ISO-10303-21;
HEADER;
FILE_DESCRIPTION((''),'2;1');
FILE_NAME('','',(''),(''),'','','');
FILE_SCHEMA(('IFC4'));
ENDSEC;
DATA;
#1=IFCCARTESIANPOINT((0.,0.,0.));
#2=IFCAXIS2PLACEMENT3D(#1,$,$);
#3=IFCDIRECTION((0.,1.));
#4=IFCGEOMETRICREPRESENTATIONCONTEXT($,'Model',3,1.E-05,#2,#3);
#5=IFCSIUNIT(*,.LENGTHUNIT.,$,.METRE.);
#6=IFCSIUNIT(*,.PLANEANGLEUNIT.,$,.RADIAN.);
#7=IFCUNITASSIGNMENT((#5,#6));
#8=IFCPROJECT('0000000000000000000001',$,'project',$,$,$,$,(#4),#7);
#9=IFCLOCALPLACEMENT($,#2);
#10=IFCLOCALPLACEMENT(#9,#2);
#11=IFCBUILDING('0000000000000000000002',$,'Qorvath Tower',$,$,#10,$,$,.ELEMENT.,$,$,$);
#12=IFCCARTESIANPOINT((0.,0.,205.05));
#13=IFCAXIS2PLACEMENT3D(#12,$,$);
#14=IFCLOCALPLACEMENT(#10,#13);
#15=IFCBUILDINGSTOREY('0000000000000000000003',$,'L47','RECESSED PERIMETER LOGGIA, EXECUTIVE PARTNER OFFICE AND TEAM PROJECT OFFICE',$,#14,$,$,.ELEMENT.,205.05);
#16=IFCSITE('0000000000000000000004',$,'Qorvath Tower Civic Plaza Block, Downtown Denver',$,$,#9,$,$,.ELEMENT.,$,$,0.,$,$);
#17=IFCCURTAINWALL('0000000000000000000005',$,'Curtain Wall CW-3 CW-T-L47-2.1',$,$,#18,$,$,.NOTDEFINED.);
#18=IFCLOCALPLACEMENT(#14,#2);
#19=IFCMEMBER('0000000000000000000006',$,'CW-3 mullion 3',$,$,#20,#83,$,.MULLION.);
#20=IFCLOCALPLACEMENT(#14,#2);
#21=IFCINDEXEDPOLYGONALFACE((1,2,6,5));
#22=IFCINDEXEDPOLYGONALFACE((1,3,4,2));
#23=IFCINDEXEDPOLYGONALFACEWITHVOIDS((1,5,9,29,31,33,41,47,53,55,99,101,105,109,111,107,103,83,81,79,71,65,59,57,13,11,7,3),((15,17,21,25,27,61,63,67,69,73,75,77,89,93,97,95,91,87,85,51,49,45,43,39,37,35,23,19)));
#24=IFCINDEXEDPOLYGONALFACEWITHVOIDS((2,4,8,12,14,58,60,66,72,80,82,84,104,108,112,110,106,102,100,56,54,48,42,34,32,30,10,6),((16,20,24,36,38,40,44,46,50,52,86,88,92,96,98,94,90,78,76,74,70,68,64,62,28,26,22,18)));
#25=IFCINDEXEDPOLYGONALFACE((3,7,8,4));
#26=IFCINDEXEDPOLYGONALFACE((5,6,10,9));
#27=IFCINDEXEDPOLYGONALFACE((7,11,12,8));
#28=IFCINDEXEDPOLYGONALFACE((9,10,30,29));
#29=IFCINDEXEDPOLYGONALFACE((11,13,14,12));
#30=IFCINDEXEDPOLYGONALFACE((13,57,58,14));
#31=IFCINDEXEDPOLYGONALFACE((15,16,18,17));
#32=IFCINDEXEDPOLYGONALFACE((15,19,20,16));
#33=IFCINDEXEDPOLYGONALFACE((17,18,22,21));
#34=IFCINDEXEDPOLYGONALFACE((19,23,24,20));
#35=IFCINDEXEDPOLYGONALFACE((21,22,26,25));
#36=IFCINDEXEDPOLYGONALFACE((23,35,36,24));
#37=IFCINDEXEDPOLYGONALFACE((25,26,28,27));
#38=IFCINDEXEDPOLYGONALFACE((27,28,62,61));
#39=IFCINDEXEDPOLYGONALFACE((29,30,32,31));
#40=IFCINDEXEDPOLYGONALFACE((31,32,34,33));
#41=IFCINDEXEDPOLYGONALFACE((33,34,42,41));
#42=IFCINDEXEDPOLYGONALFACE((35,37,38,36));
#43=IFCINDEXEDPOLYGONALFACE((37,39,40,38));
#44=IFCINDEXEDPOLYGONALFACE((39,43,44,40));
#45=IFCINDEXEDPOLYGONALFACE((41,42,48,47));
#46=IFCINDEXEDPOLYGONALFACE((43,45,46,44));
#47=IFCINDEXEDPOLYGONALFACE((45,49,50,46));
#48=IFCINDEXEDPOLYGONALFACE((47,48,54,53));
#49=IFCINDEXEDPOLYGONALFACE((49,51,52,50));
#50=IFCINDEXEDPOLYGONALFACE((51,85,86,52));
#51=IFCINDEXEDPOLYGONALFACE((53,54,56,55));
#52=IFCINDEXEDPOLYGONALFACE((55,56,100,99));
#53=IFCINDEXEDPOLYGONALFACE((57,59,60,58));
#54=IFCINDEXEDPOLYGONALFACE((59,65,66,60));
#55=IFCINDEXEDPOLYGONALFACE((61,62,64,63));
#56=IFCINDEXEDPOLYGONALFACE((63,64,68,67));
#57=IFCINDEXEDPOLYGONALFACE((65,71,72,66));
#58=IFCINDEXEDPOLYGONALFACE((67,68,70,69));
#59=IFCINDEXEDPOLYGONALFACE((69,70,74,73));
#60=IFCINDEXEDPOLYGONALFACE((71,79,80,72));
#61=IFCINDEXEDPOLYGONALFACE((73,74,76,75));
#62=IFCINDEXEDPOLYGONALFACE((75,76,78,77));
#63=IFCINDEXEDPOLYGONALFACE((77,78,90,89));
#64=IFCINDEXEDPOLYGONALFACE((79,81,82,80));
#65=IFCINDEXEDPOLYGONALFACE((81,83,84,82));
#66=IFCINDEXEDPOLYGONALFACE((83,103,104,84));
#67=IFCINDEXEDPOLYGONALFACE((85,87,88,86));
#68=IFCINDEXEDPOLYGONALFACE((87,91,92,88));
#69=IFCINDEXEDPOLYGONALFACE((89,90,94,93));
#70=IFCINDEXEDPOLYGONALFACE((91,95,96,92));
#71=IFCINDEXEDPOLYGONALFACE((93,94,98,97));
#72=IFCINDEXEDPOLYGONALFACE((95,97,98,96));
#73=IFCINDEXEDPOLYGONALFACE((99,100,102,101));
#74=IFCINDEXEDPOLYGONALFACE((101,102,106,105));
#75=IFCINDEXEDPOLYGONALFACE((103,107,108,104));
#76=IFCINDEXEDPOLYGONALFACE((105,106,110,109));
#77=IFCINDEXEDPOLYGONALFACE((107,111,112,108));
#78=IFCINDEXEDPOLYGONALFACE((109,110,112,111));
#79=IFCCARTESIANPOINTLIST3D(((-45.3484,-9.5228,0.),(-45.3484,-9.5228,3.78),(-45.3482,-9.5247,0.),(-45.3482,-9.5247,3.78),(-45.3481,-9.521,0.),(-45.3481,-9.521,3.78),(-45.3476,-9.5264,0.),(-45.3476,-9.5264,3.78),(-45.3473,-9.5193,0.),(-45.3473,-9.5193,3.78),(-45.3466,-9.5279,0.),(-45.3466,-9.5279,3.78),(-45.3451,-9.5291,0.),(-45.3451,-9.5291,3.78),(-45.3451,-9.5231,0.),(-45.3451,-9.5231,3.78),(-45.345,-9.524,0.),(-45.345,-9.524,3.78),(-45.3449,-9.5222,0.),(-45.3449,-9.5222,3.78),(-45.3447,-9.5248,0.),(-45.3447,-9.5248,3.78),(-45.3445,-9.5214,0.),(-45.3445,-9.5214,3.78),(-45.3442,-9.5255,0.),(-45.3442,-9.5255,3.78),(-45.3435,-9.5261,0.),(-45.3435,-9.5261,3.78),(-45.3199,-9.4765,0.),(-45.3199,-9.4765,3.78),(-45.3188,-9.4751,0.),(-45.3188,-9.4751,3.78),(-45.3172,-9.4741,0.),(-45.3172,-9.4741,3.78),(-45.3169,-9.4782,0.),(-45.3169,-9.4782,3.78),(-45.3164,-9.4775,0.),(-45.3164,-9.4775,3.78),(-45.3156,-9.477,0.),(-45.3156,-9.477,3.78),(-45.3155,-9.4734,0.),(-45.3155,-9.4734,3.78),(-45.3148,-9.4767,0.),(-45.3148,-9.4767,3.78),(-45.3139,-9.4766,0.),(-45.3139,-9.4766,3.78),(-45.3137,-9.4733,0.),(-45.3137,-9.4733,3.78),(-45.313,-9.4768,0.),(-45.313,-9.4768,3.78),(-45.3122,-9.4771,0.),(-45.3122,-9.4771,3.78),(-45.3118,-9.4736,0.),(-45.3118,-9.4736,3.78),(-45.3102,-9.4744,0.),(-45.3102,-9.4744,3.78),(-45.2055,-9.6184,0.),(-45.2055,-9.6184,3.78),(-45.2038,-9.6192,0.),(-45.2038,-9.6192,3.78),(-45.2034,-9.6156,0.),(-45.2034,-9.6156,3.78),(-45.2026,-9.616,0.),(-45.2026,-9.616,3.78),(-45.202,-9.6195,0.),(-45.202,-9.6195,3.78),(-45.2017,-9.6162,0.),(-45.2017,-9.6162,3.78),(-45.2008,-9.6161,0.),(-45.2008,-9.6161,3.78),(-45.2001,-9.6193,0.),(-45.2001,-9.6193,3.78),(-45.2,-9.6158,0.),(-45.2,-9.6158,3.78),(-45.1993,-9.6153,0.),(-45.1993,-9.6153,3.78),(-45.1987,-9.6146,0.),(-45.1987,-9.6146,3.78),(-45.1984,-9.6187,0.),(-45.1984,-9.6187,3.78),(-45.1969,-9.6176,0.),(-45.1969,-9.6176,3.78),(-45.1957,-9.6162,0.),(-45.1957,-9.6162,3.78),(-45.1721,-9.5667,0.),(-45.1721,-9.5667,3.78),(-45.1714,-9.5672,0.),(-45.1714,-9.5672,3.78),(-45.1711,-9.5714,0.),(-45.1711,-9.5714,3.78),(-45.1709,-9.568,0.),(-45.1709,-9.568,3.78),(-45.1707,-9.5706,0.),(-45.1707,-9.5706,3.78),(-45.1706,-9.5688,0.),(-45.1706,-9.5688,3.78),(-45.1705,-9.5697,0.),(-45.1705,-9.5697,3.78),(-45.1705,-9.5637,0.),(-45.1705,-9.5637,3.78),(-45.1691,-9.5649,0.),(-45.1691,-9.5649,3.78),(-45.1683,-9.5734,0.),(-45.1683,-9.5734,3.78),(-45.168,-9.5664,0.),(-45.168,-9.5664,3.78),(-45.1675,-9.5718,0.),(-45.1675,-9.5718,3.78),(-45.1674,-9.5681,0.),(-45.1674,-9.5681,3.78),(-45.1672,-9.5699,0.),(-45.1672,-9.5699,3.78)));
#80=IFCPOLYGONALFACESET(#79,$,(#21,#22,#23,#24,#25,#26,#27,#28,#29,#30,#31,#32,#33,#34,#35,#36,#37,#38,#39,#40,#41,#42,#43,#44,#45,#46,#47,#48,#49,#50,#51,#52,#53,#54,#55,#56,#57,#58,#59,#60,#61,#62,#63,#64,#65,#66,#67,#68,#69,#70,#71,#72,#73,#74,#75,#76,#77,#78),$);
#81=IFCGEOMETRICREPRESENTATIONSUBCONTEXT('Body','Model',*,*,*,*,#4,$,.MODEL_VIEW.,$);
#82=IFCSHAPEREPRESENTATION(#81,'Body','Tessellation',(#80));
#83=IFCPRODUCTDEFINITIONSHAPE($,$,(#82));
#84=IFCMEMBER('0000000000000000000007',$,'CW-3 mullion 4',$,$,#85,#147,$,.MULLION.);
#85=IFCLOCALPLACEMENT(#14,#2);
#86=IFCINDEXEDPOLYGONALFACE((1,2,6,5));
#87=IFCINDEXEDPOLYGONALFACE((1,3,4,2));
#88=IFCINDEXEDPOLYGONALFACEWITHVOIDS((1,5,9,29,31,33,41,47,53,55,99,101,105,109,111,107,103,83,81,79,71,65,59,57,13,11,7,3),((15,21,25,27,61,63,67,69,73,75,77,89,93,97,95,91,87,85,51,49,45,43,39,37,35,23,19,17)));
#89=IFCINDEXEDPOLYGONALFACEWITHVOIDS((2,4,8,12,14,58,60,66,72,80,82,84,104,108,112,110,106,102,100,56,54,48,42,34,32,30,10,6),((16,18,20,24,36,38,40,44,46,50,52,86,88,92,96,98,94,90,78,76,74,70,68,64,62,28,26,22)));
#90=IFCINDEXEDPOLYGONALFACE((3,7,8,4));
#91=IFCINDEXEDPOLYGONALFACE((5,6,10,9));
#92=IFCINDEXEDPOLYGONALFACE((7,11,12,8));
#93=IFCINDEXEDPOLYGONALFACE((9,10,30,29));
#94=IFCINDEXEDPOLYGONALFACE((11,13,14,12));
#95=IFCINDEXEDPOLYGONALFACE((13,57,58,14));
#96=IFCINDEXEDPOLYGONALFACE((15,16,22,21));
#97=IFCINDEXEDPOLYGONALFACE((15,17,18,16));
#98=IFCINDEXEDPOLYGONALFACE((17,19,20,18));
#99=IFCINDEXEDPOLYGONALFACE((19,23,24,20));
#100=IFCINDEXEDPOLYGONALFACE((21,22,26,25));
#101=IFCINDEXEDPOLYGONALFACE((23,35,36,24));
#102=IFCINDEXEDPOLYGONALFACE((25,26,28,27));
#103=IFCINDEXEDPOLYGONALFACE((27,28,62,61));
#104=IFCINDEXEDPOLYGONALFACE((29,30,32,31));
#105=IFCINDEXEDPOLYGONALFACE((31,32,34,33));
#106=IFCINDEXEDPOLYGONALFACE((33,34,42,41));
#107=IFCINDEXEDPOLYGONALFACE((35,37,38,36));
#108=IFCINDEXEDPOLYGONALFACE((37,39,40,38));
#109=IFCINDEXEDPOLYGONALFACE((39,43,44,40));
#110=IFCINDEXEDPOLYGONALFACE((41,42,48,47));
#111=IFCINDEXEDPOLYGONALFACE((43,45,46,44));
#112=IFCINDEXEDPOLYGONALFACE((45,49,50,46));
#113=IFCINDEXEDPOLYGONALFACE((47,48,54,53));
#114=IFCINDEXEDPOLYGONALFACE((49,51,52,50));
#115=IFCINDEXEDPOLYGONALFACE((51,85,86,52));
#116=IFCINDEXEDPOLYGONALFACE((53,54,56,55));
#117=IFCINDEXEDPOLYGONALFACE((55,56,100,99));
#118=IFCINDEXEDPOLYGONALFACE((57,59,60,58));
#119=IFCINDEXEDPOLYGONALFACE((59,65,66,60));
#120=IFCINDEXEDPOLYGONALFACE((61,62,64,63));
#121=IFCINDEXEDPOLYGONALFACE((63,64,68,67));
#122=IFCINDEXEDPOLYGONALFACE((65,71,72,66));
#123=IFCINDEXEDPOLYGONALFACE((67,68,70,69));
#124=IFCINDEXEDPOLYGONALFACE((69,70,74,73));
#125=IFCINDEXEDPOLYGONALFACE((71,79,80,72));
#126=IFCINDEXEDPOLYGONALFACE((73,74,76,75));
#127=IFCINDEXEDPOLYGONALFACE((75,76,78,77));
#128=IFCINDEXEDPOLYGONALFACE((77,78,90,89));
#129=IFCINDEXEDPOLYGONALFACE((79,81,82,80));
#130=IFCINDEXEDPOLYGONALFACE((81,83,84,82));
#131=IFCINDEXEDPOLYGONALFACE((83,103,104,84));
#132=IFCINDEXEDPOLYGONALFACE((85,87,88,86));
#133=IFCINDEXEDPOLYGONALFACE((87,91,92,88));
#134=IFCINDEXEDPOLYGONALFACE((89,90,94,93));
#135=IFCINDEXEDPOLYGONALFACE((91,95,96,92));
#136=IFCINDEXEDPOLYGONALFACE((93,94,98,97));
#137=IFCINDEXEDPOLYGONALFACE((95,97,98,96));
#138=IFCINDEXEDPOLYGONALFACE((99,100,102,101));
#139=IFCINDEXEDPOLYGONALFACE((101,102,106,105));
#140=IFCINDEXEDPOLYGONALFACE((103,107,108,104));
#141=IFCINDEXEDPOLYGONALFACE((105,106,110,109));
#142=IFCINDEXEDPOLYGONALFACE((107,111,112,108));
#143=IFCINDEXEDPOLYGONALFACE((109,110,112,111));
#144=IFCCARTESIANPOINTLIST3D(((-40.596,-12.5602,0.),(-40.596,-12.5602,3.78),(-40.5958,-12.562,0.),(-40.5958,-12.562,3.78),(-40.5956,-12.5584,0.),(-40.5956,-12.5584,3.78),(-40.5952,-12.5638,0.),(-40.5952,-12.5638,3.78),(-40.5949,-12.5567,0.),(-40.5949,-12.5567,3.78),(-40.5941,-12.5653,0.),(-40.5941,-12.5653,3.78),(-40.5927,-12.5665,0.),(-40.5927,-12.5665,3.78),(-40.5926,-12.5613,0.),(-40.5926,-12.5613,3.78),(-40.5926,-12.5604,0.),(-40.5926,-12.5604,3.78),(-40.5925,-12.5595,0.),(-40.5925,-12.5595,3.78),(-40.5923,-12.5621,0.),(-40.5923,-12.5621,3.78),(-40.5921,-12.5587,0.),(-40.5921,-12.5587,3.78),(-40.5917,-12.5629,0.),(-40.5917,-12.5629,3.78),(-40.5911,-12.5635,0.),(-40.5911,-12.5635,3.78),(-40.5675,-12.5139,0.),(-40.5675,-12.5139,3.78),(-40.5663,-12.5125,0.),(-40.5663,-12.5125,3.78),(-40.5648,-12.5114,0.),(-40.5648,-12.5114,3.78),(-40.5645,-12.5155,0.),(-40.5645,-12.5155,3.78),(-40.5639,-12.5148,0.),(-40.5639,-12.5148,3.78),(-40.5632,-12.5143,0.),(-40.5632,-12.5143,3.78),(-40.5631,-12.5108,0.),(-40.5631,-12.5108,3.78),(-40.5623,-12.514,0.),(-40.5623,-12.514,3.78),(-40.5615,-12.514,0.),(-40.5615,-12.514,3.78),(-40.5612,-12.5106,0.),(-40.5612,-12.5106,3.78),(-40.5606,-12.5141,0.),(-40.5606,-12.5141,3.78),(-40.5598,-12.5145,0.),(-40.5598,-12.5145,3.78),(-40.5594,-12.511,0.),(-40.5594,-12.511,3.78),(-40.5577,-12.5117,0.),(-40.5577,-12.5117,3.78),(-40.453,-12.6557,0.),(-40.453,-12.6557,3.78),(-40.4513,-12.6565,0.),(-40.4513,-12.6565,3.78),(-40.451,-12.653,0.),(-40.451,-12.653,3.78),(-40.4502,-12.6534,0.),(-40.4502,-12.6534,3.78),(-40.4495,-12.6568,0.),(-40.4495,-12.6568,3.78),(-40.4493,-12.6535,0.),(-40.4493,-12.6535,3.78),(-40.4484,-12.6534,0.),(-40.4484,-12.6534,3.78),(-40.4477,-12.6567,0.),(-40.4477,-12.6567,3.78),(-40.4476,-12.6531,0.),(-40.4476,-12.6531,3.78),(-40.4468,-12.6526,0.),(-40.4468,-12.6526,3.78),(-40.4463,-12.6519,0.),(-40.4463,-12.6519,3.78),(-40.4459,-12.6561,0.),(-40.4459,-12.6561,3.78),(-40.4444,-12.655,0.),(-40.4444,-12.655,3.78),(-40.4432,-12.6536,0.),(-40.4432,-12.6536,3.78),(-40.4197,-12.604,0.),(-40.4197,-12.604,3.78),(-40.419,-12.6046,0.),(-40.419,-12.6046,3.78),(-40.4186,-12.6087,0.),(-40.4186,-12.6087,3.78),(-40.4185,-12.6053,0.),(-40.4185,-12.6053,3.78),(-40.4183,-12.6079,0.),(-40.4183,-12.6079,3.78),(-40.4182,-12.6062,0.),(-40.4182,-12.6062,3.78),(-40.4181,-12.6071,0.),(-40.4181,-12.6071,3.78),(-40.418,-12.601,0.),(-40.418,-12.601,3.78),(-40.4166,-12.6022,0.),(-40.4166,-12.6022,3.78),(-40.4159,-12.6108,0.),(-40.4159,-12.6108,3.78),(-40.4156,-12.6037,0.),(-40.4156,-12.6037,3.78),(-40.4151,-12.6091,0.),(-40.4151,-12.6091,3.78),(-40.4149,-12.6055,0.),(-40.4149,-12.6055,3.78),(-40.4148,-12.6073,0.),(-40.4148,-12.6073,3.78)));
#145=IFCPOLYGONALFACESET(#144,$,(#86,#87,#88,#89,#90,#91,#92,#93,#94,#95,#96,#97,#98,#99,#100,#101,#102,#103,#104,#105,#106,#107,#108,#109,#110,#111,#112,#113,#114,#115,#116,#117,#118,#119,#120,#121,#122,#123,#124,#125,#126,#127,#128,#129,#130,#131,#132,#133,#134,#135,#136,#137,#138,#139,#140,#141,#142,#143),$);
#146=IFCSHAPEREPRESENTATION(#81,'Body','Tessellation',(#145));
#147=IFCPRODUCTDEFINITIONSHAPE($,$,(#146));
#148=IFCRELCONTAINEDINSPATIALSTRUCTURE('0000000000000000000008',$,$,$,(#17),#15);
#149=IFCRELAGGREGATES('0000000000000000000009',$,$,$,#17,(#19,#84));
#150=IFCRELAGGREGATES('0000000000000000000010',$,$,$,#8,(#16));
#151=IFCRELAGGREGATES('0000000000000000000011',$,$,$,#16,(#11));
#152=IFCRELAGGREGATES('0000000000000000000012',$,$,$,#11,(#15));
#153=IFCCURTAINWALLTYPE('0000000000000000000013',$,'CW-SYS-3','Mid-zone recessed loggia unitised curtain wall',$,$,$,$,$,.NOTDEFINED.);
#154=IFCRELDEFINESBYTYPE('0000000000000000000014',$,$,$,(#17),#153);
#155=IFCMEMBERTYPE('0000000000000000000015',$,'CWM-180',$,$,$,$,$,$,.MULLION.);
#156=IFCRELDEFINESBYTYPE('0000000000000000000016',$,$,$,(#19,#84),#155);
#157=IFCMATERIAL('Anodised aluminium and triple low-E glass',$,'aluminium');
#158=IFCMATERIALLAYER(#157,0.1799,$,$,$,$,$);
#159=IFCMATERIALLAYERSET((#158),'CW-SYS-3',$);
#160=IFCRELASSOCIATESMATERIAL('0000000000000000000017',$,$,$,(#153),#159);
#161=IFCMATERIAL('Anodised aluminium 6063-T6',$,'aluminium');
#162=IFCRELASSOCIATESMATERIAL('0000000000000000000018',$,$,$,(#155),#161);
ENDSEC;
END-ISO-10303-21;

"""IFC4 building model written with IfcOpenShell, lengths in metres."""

from ifc_helpers import new_model, si_unit, direction, frame, origin, origin_2d, place, context, subcontext, project, spatial, hollow_rectangle, extrude, material, layer, layer_set, material_profile, profile_set, type_object, element, aggregate, save


model = new_model("IFC4")

# Units and contexts
model_context = context("Model", 3, precision=1e-05, world=origin(), true_north=direction((0.0, 1.0)))
body_context = subcontext(model_context, "Body", "Model", "MODEL_VIEW")
ifc_project = project(units=[si_unit("LENGTHUNIT", "METRE"), si_unit("PLANEANGLEUNIT", "RADIAN")], contexts=[model_context])

# Site, building, storey
site_placement = place(None, origin())
site = spatial("IfcSite", under=ifc_project, at=site_placement, Name="Qorvath Tower Civic Plaza Block, Downtown Denver", CompositionType="ELEMENT", RefElevation=0.0)
building_placement = place(site_placement, origin())
building = spatial("IfcBuilding", under=site, at=building_placement, Name="Qorvath Tower", CompositionType="ELEMENT")
storey_placement = place(building_placement, frame((0.0, 0.0, 205.05)))
storey = spatial("IfcBuildingStorey", under=building, at=storey_placement, Name="L47", Description="RECESSED PERIMETER LOGGIA, EXECUTIVE PARTNER OFFICE AND TEAM PROJECT OFFICE", CompositionType="ELEMENT", Elevation=205.05)

# Curtain wall, members
ifc_material_1 = material(Name="Anodised aluminium and triple low-E glass", Category="aluminium")
ifc_layer_1 = layer(ifc_material_1, 0.1799)
ifc_layer_set_1 = layer_set([ifc_layer_1], Name="CW-SYS-3")
curtain_wall_type = type_object("IfcCurtainWallType", Name="CW-SYS-3", Description="Mid-zone recessed loggia unitised curtain wall", PredefinedType="NOTDEFINED", material=ifc_layer_set_1)
curtain_wall_placement = place(storey_placement, origin())
curtain_wall = element("IfcCurtainWall", 1, at=curtain_wall_placement, inside=storey, type_object=curtain_wall_type, Name="Curtain Wall CW-3 CW-T-L47-2.1", PredefinedType="NOTDEFINED")
ifc_material_2 = material(Name="Anodised aluminium 6063-T6", Category="aluminium")
ifc_material_profile_1 = material_profile(ifc_material_2, hollow_rectangle(XDim=0.0649, YDim=0.1799, WallThickness=0.0034, InnerFilletRadius=0.0034, OuterFilletRadius=0.0071, at=origin_2d()), Name="CWM 180x65")
ifc_profile_set_1 = profile_set([ifc_material_profile_1], Name="Anodised aluminium 6063-T6")
member_type_1 = type_object("IfcMemberType", Name="CWM-180", PredefinedType="MULLION", material=ifc_profile_set_1)
member_1_placement = place(storey_placement, frame((-45.2578, -9.5464, 0.0), z_axis=(0.0, 0.0, 1.0), x_axis=(0.538534, 0.842604, 0.0)))
member_1 = element("IfcMember", 2, at=member_1_placement, type_object=member_type_1, Name="CW-3 mullion 3", PredefinedType="MULLION", context=body_context, shape_type="SweptSolid", body=[
    extrude(hollow_rectangle(XDim=0.0649, YDim=0.1799, WallThickness=0.0034, InnerFilletRadius=0.0034, OuterFilletRadius=0.0071, at=origin_2d()), origin(), (0.0, 0.0, 1.0), 3.78),
])
member_2_placement = place(storey_placement, frame((-40.5054, -12.5837, 0.0), z_axis=(0.0, 0.0, 1.0), x_axis=(0.538534, 0.842604, 0.0)))
member_2 = element("IfcMember", 3, at=member_2_placement, type_object=member_type_1, Name="CW-3 mullion 4", PredefinedType="MULLION", context=body_context, shape_type="SweptSolid", body=[
    extrude(hollow_rectangle(XDim=0.0649, YDim=0.1799, WallThickness=0.0034, InnerFilletRadius=0.0034, OuterFilletRadius=0.0071, at=origin_2d()), origin(), (0.0, 0.0, 1.0), 3.78),
])
aggregate(curtain_wall, [member_1, member_2])

save(model, "model.ifc")
